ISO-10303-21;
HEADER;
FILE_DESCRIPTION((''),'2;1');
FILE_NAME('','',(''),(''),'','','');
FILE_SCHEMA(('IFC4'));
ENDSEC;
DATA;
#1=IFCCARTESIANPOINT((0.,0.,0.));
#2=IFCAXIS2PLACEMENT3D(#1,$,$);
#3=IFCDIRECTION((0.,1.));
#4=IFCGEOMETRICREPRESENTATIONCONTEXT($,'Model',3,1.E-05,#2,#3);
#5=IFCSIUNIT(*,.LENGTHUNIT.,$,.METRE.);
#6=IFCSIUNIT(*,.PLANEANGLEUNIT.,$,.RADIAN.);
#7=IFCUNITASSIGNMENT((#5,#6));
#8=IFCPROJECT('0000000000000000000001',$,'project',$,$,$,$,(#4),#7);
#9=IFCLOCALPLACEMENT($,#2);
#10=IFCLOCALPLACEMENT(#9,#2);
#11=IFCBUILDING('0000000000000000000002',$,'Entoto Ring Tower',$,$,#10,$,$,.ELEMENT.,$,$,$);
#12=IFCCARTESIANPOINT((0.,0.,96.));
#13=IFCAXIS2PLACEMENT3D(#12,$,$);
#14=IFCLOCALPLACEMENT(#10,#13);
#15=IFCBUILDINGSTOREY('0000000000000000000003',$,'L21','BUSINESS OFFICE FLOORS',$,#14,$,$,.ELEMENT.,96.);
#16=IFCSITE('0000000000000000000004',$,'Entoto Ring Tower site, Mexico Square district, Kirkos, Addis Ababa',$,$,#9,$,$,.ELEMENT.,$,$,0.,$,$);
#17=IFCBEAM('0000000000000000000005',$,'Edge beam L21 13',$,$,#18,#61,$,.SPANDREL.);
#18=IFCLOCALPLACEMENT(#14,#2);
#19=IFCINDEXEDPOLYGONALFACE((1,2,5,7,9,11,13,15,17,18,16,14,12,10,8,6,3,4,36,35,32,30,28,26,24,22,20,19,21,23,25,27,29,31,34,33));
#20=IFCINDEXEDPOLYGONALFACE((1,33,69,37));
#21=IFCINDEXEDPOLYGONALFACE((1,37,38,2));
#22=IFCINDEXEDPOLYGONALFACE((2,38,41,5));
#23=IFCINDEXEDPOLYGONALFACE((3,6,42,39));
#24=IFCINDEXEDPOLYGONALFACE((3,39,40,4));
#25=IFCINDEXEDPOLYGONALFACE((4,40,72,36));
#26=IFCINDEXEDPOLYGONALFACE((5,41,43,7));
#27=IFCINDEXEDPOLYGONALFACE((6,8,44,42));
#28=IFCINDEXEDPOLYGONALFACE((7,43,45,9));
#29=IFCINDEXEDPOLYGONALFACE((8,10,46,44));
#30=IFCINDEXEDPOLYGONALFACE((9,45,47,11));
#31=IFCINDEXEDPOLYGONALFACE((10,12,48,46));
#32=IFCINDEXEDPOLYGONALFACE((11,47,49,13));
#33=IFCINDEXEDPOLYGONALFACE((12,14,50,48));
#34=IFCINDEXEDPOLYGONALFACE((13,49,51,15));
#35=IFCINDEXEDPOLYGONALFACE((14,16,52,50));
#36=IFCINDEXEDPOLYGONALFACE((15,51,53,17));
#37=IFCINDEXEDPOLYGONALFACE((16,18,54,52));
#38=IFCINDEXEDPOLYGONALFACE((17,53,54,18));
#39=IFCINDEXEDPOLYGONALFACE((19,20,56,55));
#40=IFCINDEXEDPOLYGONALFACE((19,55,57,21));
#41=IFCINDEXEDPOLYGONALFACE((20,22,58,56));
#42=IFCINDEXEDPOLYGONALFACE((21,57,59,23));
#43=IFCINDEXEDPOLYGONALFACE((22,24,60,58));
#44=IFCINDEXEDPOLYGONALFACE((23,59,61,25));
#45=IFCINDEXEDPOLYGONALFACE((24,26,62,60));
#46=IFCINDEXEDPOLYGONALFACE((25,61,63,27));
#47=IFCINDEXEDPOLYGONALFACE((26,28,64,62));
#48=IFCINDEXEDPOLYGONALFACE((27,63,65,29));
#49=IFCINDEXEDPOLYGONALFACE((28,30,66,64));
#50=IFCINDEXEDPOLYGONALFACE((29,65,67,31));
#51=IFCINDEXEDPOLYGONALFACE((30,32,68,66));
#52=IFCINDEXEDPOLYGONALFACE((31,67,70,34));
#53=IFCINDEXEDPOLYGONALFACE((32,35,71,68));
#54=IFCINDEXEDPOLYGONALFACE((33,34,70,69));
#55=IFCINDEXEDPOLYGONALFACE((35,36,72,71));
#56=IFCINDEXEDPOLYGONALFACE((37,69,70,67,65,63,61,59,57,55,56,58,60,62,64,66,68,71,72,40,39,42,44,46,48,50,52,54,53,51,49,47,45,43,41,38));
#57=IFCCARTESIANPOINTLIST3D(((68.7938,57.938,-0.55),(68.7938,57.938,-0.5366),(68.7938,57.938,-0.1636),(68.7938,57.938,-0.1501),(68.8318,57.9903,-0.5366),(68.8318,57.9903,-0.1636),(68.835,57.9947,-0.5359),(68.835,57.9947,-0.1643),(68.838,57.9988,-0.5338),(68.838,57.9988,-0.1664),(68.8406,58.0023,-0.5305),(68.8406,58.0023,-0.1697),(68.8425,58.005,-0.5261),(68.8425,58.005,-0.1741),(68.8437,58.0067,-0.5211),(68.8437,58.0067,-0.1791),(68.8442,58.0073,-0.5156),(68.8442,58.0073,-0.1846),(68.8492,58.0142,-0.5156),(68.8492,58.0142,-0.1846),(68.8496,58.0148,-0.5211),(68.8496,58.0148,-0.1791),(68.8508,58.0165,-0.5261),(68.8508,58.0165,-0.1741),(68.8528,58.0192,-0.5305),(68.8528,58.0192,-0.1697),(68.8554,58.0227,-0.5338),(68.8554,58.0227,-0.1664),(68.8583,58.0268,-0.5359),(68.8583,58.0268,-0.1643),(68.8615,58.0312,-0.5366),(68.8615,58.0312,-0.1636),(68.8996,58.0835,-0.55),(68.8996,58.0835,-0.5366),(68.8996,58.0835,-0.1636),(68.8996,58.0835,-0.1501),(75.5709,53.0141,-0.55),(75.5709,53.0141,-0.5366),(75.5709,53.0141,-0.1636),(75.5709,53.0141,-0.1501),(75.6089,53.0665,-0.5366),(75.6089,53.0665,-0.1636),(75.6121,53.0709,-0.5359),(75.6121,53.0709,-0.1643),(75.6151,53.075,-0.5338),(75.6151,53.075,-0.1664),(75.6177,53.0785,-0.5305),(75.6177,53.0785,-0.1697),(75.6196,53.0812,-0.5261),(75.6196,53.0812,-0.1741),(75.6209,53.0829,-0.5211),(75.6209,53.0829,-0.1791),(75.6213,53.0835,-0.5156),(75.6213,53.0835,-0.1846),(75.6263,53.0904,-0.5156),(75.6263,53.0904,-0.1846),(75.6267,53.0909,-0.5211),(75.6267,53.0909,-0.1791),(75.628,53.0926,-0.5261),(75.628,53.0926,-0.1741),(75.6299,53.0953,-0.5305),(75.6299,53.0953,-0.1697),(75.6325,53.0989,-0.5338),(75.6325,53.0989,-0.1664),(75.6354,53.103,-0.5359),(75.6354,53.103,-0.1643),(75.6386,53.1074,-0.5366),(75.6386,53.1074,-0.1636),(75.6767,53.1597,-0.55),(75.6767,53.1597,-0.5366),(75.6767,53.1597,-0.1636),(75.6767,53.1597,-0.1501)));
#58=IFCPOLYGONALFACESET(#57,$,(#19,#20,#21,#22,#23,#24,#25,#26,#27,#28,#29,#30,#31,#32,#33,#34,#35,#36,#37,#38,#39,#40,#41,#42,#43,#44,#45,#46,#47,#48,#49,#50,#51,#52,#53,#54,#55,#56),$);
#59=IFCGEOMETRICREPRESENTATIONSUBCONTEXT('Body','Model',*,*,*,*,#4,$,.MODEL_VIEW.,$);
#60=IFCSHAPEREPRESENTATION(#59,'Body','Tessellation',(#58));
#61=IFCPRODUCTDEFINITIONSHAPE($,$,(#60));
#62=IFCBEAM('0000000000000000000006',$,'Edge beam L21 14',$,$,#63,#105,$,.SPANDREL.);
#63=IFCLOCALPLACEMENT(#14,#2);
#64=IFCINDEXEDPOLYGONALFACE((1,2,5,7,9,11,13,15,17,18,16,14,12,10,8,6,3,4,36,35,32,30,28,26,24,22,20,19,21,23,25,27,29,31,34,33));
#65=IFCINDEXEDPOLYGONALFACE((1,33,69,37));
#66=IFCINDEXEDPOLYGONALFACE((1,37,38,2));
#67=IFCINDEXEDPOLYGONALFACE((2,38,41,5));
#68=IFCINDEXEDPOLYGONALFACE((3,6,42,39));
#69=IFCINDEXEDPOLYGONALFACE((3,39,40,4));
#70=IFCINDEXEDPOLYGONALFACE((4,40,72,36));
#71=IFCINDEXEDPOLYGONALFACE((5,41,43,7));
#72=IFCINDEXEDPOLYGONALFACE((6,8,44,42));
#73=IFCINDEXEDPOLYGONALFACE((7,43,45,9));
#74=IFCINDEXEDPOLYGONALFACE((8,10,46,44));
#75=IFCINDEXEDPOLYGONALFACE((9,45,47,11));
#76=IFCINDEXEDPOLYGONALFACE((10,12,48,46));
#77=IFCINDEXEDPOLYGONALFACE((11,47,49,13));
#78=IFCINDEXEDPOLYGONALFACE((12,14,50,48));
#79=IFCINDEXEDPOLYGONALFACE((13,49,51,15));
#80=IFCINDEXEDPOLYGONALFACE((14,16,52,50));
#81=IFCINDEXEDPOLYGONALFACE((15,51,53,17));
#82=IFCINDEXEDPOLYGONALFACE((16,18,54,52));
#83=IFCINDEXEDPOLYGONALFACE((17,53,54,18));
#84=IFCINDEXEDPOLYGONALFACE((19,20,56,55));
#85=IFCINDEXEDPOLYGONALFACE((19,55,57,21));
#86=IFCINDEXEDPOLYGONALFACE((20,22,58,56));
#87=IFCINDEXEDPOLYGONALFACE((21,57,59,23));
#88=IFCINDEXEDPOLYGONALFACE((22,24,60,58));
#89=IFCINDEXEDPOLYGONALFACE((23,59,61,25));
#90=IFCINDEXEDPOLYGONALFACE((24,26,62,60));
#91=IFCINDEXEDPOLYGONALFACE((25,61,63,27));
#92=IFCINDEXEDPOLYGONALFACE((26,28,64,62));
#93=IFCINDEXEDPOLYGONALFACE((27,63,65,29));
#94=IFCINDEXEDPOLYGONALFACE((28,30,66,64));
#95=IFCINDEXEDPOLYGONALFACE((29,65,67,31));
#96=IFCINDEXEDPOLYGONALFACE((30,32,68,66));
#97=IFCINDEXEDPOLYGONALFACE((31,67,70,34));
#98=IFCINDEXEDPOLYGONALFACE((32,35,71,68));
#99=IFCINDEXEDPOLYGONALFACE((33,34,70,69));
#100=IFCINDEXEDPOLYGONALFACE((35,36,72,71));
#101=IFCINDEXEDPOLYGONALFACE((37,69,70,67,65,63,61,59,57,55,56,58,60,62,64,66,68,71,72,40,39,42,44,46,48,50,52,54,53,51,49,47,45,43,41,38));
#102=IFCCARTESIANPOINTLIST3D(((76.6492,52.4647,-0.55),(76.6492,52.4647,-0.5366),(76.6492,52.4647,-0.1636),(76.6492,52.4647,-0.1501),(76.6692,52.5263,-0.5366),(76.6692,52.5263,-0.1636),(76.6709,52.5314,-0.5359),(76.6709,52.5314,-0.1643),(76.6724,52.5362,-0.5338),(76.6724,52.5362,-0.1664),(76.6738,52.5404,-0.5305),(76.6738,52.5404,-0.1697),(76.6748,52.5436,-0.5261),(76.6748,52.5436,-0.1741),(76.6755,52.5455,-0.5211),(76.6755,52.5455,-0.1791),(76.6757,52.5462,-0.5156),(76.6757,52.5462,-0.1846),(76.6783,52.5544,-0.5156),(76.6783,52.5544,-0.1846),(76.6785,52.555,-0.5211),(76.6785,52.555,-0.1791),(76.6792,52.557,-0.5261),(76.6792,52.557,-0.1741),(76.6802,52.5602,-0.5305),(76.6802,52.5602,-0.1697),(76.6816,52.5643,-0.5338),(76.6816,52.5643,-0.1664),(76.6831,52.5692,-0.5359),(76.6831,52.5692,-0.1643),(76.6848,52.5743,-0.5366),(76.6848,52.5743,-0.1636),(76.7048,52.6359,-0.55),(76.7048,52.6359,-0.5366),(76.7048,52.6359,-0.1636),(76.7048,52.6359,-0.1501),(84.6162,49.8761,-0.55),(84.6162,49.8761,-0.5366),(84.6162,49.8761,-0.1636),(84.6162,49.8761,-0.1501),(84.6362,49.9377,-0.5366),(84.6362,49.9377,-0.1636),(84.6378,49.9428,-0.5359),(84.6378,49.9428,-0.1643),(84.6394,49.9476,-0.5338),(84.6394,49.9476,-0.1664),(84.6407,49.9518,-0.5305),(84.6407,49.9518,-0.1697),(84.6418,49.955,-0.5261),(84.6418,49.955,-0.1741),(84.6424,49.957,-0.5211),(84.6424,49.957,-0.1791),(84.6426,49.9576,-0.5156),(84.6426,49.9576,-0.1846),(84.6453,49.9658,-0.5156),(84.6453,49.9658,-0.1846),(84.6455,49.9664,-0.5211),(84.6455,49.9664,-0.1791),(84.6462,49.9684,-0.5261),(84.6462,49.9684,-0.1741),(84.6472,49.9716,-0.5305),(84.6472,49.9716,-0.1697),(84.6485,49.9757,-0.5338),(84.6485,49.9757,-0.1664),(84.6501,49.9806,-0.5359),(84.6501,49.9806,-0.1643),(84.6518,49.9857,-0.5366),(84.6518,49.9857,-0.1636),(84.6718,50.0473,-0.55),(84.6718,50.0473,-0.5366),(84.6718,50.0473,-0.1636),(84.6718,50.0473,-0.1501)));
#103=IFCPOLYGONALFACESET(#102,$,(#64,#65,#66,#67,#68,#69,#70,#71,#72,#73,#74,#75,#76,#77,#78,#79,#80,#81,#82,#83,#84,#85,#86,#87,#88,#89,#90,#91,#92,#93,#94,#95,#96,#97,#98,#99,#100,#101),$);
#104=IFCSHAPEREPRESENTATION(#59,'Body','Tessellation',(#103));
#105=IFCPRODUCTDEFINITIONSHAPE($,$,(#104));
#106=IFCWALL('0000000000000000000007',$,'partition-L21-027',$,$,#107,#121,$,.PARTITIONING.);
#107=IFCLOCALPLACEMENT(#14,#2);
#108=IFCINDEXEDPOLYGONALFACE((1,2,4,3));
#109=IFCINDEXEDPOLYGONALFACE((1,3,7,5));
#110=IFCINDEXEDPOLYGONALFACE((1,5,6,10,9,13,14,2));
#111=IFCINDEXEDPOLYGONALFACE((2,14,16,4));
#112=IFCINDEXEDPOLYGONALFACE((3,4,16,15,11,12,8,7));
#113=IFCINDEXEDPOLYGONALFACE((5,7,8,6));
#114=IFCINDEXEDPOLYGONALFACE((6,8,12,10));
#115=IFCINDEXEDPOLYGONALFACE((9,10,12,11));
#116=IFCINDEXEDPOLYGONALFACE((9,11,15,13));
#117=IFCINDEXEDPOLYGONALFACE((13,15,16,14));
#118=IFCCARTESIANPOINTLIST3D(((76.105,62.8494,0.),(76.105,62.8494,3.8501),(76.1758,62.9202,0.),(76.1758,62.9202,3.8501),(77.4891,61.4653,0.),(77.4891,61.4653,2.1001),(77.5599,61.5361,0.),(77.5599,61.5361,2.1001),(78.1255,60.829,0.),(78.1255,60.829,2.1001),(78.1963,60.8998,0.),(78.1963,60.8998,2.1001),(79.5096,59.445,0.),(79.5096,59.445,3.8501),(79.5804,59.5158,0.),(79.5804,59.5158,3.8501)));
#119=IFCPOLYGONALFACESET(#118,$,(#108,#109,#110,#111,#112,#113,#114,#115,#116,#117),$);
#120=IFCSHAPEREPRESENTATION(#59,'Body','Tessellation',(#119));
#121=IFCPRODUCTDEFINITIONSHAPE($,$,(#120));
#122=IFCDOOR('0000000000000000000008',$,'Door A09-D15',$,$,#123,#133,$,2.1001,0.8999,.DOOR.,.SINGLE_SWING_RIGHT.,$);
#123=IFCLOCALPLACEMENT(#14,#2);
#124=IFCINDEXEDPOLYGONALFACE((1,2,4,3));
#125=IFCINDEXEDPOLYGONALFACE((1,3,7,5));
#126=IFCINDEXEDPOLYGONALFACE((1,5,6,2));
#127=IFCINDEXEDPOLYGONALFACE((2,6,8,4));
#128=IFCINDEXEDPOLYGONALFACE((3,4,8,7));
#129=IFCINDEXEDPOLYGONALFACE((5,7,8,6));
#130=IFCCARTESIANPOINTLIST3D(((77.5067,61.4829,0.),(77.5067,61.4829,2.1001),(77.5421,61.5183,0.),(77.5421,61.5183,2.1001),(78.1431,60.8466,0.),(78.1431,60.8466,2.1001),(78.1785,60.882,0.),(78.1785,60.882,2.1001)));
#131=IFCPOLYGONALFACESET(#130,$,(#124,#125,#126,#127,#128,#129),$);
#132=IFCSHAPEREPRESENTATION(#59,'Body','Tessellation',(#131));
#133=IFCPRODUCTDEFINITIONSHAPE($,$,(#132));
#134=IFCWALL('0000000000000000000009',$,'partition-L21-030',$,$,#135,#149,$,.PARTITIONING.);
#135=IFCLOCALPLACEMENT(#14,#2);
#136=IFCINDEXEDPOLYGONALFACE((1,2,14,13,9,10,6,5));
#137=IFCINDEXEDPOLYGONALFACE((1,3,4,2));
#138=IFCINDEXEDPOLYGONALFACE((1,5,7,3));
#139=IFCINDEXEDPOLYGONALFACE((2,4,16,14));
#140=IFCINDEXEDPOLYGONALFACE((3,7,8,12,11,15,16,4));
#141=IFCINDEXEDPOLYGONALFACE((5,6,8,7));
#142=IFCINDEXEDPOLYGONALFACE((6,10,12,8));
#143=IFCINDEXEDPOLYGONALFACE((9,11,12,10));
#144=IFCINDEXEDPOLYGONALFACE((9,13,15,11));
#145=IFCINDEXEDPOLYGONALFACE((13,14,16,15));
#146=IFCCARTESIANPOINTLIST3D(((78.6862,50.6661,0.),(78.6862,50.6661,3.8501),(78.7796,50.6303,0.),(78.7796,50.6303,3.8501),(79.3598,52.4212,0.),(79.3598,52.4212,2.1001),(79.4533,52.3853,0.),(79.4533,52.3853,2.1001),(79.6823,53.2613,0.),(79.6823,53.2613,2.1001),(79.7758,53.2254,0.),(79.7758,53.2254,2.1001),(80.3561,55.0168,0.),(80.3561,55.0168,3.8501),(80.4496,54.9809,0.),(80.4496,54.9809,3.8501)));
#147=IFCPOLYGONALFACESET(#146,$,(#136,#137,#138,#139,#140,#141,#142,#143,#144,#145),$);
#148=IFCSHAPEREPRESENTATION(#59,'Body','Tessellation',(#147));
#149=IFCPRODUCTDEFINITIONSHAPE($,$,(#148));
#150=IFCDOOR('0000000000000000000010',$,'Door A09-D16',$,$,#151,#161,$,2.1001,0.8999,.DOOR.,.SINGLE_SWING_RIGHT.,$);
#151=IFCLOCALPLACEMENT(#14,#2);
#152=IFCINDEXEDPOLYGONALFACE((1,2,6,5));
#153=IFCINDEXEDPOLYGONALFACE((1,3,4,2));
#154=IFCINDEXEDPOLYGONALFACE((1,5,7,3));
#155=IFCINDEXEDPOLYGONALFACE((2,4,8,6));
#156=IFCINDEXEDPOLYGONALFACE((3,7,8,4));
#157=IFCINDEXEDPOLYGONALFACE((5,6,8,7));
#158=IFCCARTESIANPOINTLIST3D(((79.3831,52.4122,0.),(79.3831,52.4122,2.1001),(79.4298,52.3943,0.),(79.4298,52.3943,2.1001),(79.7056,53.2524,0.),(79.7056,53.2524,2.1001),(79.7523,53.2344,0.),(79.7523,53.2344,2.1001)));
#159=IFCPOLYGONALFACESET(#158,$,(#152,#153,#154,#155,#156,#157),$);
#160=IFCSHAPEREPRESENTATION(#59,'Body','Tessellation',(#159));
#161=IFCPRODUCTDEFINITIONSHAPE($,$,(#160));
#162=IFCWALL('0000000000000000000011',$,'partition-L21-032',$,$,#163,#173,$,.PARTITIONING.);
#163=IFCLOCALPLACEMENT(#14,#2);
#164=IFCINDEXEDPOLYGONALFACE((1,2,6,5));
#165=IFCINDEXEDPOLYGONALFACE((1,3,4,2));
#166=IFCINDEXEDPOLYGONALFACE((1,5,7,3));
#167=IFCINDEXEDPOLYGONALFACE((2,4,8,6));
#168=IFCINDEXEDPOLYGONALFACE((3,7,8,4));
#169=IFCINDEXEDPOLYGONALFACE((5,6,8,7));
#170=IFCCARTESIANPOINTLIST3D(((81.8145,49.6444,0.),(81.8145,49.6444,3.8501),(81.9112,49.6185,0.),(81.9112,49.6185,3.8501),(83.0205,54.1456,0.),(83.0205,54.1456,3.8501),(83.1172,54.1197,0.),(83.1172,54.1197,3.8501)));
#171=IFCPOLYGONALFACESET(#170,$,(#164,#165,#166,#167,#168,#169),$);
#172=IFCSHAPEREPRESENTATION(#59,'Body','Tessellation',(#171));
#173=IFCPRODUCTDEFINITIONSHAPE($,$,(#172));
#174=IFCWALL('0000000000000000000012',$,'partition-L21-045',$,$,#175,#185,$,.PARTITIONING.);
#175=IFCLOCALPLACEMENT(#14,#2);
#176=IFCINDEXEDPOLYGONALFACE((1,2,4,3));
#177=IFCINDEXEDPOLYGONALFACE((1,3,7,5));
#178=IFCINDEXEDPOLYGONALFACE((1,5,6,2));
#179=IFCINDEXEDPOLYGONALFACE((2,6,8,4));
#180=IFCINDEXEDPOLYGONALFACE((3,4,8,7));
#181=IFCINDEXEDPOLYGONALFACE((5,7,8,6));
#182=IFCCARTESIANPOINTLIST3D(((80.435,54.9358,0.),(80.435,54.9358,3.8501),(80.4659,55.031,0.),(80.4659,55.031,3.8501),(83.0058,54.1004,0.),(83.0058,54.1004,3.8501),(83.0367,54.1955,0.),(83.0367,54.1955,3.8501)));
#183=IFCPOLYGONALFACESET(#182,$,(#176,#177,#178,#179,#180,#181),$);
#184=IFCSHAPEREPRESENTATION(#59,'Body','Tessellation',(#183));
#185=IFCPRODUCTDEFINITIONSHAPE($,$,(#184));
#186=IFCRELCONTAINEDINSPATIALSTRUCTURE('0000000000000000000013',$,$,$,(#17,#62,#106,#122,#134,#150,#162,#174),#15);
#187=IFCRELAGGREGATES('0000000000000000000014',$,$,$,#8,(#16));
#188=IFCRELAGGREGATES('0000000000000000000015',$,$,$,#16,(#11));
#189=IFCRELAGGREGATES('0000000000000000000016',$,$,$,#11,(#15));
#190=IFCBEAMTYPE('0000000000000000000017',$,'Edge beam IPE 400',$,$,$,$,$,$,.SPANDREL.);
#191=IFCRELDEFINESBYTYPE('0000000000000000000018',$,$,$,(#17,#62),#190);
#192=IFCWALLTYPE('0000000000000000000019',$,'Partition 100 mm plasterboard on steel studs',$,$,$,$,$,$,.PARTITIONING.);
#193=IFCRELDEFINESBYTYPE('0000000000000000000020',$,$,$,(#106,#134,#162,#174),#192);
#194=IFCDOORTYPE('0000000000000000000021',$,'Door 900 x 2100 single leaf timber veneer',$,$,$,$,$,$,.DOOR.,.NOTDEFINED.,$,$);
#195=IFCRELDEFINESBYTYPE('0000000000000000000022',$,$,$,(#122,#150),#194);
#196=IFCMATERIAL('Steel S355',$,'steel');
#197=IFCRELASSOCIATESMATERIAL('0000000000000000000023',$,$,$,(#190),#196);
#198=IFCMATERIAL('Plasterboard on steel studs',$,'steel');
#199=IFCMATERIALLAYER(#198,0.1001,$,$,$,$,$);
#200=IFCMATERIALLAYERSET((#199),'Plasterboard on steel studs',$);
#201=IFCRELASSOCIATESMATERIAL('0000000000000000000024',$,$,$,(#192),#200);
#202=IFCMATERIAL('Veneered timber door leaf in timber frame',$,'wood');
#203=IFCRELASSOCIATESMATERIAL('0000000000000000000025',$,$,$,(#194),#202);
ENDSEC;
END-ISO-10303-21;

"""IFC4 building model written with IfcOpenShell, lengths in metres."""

from ifc_helpers import new_model, si_unit, direction, frame, frame_2d, origin, origin_2d, place, context, subcontext, project, spatial, rectangle, i_section, extrude, material, layer, layer_set, material_profile, profile_set, type_object, element, fill, save


model = new_model("IFC4")

# Units and contexts
model_context = context("Model", 3, precision=1e-05, world=origin(), true_north=direction((0.0, 1.0)))
body_context = subcontext(model_context, "Body", "Model", "MODEL_VIEW")
ifc_project = project(units=[si_unit("LENGTHUNIT", "METRE"), si_unit("PLANEANGLEUNIT", "RADIAN")], contexts=[model_context])

# Site, building, storey
site_placement = place(None, origin())
site = spatial("IfcSite", under=ifc_project, at=site_placement, Name="Entoto Ring Tower site, Mexico Square district, Kirkos, Addis Ababa", CompositionType="ELEMENT", RefElevation=0.0)
building_placement = place(site_placement, origin())
building = spatial("IfcBuilding", under=site, at=building_placement, Name="Entoto Ring Tower", CompositionType="ELEMENT")
storey_placement = place(building_placement, frame((0.0, 0.0, 96.0)))
storey = spatial("IfcBuildingStorey", under=building, at=storey_placement, Name="L21", Description="BUSINESS OFFICE FLOORS", CompositionType="ELEMENT", Elevation=96.0)

# Beams
ifc_material_1 = material(Name="Steel S355", Category="steel")
ifc_material_profile_1 = material_profile(ifc_material_1, i_section(OverallWidth=0.1799, OverallDepth=0.3999, WebThickness=0.0085, FlangeThickness=0.0134, FilletRadius=0.021, at=origin_2d()), Name="IPE 400")
ifc_profile_set_1 = profile_set([ifc_material_profile_1], Name="Steel S355")
beam_type = type_object("IfcBeamType", Name="Edge beam IPE 400", PredefinedType="SPANDREL", material=ifc_profile_set_1)
for number, where, z_axis, x_axis, name in (
    (1, (68.8467, 58.0107, -0.3501), (0.809018, -0.587783, 0.0), (0.587783, 0.809018, 0.0), "Edge beam L21 13"),
    (2, (76.677, 52.5503, -0.3501), (0.951057, -0.309014, 0.0), (0.309014, 0.951057, 0.0), "Edge beam L21 14"),
):
    element("IfcBeam", number, at=place(storey_placement, frame(where, z_axis=z_axis, x_axis=x_axis)), inside=storey, type_object=beam_type, Name=name, PredefinedType="SPANDREL", context=body_context, shape_type="SweptSolid", body=[
        extrude(i_section(OverallWidth=0.1799, OverallDepth=0.3999, WebThickness=0.0085, FlangeThickness=0.0134, FilletRadius=0.021, at=origin_2d()), origin(), (0.0, 0.0, 1.0), 8.377),
    ])

# Walls, openings, doors
ifc_material_2 = material(Name="Plasterboard on steel studs", Category="steel")
ifc_layer_1 = layer(ifc_material_2, 0.1001)
ifc_layer_set_1 = layer_set([ifc_layer_1], Name="Plasterboard on steel studs")
wall_type_1 = type_object("IfcWallType", Name="Partition 100 mm plasterboard on steel studs", PredefinedType="PARTITIONING", material=ifc_layer_set_1)
wall_1_placement = place(storey_placement, frame((79.5449, 59.4805, 0.0), z_axis=(0.0, 0.0, 1.0), x_axis=(-0.707132, 0.707081, 0.0)))
wall_1 = element("IfcWall", 3, at=wall_1_placement, inside=storey, type_object=wall_type_1, Name="partition-L21-027", PredefinedType="PARTITIONING", context=body_context, shape_type="SweptSolid", body=[
    extrude(rectangle(XDim=4.8147, YDim=0.1001, at=frame_2d((2.4072, 0.0))), origin(), (0.0, 0.0, 1.0), 3.8501),
])
opening_1_placement = place(wall_1_placement, frame((1.9573, 0.0, 0.0)))
opening_1 = element("IfcOpeningElement", 4, at=opening_1_placement, cuts=wall_1, PredefinedType="OPENING", context=body_context, shape_type="SweptSolid", body=[
    extrude(rectangle(XDim=0.8999, YDim=2.1001, at=frame_2d((0.45, 1.05))), frame((0.0, 0.0601, 0.0), z_axis=(0.0, -1.0, 0.0), x_axis=(1.0, 0.0, 0.0)), (0.0, 0.0, 1.0), 0.1201),
])
ifc_material_3 = material(Name="Veneered timber door leaf in timber frame", Category="wood")
door_type = type_object("IfcDoorType", Name="Door 900 x 2100 single leaf timber veneer", OperationType="NOTDEFINED", PredefinedType="DOOR", material=ifc_material_3)
door_1_placement = place(opening_1_placement, frame((0.8999, 0.0, 0.0), z_axis=(0.0, 0.0, 1.0), x_axis=(-1.0, 0.0, 0.0)))
door_1 = element("IfcDoor", 5, at=door_1_placement, inside=storey, type_object=door_type, Name="Door A09-D15", OperationType="SINGLE_SWING_RIGHT", OverallHeight=2.1001, OverallWidth=0.8999, PredefinedType="DOOR", context=body_context, shape_type="SweptSolid", body=[
    extrude(rectangle(XDim=0.8999, YDim=2.1001, at=frame_2d((0.45, 1.05))), frame((0.0, 0.0249, 0.0), z_axis=(0.0, -1.0, 0.0), x_axis=(1.0, 0.0, 0.0)), (0.0, 0.0, 1.0), 0.05),
])
fill(opening_1, door_1)
wall_2_placement = place(storey_placement, frame((78.7329, 50.6482, 0.0), z_axis=(0.0, 0.0, 1.0), x_axis=(0.358347, 0.933588, 0.0)))
wall_2 = element("IfcWall", 6, at=wall_2_placement, inside=storey, type_object=wall_type_1, Name="partition-L21-030", PredefinedType="PARTITIONING", context=body_context, shape_type="SweptSolid", body=[
    extrude(rectangle(XDim=4.6602, YDim=0.1001, at=frame_2d((2.3301, 0.0))), origin(), (0.0, 0.0, 1.0), 3.8501),
])
opening_2_placement = place(wall_2_placement, frame((1.8799, 0.0, 0.0)))
opening_2 = element("IfcOpeningElement", 7, at=opening_2_placement, cuts=wall_2, PredefinedType="OPENING", context=body_context, shape_type="SweptSolid", body=[
    extrude(rectangle(XDim=0.8999, YDim=2.1001, at=frame_2d((0.45, 1.05))), frame((0.0, 0.0601, 0.0), z_axis=(0.0, -1.0, 0.0), x_axis=(1.0, 0.0, 0.0)), (0.0, 0.0, 1.0), 0.1201),
])
door_2_placement = place(opening_2_placement, frame((0.8999, 0.0, 0.0), z_axis=(0.0, 0.0, 1.0), x_axis=(-1.0, 0.0, 0.0)))
door_2 = element("IfcDoor", 8, at=door_2_placement, inside=storey, type_object=door_type, Name="Door A09-D16", OperationType="SINGLE_SWING_RIGHT", OverallHeight=2.1001, OverallWidth=0.8999, PredefinedType="DOOR", context=body_context, shape_type="SweptSolid", body=[
    extrude(rectangle(XDim=0.8999, YDim=2.1001, at=frame_2d((0.45, 1.05))), frame((0.0, 0.0249, 0.0), z_axis=(0.0, -1.0, 0.0), x_axis=(1.0, 0.0, 0.0)), (0.0, 0.0, 1.0), 0.05),
])
fill(opening_2, door_2)

# Walls
wall_3_placement = place(storey_placement, frame((81.8628, 49.6313, 0.0), z_axis=(0.0, 0.0, 1.0), x_axis=(0.25881, 0.965928, 0.0)))
element("IfcWall", 9, at=wall_3_placement, inside=storey, type_object=wall_type_1, Name="partition-L21-032", PredefinedType="PARTITIONING", context=body_context, shape_type="SweptSolid", body=[
    extrude(rectangle(XDim=4.6599, YDim=0.1001, at=frame_2d((2.3301, 0.0))), origin(), (0.0, 0.0, 1.0), 3.8501),
])
wall_4_placement = place(storey_placement, frame((83.0212, 54.1479, 0.0), z_axis=(0.0, 0.0, 1.0), x_axis=(-0.951041, 0.309066, 0.0)))
element("IfcWall", 10, at=wall_4_placement, inside=storey, type_object=wall_type_1, Name="partition-L21-045", PredefinedType="PARTITIONING", context=body_context, shape_type="SweptSolid", body=[
    extrude(rectangle(XDim=2.7031, YDim=0.1001, at=frame_2d((1.3516, 0.0))), origin(), (0.0, 0.0, 1.0), 3.8501),
])

save(model, "model.ifc")
